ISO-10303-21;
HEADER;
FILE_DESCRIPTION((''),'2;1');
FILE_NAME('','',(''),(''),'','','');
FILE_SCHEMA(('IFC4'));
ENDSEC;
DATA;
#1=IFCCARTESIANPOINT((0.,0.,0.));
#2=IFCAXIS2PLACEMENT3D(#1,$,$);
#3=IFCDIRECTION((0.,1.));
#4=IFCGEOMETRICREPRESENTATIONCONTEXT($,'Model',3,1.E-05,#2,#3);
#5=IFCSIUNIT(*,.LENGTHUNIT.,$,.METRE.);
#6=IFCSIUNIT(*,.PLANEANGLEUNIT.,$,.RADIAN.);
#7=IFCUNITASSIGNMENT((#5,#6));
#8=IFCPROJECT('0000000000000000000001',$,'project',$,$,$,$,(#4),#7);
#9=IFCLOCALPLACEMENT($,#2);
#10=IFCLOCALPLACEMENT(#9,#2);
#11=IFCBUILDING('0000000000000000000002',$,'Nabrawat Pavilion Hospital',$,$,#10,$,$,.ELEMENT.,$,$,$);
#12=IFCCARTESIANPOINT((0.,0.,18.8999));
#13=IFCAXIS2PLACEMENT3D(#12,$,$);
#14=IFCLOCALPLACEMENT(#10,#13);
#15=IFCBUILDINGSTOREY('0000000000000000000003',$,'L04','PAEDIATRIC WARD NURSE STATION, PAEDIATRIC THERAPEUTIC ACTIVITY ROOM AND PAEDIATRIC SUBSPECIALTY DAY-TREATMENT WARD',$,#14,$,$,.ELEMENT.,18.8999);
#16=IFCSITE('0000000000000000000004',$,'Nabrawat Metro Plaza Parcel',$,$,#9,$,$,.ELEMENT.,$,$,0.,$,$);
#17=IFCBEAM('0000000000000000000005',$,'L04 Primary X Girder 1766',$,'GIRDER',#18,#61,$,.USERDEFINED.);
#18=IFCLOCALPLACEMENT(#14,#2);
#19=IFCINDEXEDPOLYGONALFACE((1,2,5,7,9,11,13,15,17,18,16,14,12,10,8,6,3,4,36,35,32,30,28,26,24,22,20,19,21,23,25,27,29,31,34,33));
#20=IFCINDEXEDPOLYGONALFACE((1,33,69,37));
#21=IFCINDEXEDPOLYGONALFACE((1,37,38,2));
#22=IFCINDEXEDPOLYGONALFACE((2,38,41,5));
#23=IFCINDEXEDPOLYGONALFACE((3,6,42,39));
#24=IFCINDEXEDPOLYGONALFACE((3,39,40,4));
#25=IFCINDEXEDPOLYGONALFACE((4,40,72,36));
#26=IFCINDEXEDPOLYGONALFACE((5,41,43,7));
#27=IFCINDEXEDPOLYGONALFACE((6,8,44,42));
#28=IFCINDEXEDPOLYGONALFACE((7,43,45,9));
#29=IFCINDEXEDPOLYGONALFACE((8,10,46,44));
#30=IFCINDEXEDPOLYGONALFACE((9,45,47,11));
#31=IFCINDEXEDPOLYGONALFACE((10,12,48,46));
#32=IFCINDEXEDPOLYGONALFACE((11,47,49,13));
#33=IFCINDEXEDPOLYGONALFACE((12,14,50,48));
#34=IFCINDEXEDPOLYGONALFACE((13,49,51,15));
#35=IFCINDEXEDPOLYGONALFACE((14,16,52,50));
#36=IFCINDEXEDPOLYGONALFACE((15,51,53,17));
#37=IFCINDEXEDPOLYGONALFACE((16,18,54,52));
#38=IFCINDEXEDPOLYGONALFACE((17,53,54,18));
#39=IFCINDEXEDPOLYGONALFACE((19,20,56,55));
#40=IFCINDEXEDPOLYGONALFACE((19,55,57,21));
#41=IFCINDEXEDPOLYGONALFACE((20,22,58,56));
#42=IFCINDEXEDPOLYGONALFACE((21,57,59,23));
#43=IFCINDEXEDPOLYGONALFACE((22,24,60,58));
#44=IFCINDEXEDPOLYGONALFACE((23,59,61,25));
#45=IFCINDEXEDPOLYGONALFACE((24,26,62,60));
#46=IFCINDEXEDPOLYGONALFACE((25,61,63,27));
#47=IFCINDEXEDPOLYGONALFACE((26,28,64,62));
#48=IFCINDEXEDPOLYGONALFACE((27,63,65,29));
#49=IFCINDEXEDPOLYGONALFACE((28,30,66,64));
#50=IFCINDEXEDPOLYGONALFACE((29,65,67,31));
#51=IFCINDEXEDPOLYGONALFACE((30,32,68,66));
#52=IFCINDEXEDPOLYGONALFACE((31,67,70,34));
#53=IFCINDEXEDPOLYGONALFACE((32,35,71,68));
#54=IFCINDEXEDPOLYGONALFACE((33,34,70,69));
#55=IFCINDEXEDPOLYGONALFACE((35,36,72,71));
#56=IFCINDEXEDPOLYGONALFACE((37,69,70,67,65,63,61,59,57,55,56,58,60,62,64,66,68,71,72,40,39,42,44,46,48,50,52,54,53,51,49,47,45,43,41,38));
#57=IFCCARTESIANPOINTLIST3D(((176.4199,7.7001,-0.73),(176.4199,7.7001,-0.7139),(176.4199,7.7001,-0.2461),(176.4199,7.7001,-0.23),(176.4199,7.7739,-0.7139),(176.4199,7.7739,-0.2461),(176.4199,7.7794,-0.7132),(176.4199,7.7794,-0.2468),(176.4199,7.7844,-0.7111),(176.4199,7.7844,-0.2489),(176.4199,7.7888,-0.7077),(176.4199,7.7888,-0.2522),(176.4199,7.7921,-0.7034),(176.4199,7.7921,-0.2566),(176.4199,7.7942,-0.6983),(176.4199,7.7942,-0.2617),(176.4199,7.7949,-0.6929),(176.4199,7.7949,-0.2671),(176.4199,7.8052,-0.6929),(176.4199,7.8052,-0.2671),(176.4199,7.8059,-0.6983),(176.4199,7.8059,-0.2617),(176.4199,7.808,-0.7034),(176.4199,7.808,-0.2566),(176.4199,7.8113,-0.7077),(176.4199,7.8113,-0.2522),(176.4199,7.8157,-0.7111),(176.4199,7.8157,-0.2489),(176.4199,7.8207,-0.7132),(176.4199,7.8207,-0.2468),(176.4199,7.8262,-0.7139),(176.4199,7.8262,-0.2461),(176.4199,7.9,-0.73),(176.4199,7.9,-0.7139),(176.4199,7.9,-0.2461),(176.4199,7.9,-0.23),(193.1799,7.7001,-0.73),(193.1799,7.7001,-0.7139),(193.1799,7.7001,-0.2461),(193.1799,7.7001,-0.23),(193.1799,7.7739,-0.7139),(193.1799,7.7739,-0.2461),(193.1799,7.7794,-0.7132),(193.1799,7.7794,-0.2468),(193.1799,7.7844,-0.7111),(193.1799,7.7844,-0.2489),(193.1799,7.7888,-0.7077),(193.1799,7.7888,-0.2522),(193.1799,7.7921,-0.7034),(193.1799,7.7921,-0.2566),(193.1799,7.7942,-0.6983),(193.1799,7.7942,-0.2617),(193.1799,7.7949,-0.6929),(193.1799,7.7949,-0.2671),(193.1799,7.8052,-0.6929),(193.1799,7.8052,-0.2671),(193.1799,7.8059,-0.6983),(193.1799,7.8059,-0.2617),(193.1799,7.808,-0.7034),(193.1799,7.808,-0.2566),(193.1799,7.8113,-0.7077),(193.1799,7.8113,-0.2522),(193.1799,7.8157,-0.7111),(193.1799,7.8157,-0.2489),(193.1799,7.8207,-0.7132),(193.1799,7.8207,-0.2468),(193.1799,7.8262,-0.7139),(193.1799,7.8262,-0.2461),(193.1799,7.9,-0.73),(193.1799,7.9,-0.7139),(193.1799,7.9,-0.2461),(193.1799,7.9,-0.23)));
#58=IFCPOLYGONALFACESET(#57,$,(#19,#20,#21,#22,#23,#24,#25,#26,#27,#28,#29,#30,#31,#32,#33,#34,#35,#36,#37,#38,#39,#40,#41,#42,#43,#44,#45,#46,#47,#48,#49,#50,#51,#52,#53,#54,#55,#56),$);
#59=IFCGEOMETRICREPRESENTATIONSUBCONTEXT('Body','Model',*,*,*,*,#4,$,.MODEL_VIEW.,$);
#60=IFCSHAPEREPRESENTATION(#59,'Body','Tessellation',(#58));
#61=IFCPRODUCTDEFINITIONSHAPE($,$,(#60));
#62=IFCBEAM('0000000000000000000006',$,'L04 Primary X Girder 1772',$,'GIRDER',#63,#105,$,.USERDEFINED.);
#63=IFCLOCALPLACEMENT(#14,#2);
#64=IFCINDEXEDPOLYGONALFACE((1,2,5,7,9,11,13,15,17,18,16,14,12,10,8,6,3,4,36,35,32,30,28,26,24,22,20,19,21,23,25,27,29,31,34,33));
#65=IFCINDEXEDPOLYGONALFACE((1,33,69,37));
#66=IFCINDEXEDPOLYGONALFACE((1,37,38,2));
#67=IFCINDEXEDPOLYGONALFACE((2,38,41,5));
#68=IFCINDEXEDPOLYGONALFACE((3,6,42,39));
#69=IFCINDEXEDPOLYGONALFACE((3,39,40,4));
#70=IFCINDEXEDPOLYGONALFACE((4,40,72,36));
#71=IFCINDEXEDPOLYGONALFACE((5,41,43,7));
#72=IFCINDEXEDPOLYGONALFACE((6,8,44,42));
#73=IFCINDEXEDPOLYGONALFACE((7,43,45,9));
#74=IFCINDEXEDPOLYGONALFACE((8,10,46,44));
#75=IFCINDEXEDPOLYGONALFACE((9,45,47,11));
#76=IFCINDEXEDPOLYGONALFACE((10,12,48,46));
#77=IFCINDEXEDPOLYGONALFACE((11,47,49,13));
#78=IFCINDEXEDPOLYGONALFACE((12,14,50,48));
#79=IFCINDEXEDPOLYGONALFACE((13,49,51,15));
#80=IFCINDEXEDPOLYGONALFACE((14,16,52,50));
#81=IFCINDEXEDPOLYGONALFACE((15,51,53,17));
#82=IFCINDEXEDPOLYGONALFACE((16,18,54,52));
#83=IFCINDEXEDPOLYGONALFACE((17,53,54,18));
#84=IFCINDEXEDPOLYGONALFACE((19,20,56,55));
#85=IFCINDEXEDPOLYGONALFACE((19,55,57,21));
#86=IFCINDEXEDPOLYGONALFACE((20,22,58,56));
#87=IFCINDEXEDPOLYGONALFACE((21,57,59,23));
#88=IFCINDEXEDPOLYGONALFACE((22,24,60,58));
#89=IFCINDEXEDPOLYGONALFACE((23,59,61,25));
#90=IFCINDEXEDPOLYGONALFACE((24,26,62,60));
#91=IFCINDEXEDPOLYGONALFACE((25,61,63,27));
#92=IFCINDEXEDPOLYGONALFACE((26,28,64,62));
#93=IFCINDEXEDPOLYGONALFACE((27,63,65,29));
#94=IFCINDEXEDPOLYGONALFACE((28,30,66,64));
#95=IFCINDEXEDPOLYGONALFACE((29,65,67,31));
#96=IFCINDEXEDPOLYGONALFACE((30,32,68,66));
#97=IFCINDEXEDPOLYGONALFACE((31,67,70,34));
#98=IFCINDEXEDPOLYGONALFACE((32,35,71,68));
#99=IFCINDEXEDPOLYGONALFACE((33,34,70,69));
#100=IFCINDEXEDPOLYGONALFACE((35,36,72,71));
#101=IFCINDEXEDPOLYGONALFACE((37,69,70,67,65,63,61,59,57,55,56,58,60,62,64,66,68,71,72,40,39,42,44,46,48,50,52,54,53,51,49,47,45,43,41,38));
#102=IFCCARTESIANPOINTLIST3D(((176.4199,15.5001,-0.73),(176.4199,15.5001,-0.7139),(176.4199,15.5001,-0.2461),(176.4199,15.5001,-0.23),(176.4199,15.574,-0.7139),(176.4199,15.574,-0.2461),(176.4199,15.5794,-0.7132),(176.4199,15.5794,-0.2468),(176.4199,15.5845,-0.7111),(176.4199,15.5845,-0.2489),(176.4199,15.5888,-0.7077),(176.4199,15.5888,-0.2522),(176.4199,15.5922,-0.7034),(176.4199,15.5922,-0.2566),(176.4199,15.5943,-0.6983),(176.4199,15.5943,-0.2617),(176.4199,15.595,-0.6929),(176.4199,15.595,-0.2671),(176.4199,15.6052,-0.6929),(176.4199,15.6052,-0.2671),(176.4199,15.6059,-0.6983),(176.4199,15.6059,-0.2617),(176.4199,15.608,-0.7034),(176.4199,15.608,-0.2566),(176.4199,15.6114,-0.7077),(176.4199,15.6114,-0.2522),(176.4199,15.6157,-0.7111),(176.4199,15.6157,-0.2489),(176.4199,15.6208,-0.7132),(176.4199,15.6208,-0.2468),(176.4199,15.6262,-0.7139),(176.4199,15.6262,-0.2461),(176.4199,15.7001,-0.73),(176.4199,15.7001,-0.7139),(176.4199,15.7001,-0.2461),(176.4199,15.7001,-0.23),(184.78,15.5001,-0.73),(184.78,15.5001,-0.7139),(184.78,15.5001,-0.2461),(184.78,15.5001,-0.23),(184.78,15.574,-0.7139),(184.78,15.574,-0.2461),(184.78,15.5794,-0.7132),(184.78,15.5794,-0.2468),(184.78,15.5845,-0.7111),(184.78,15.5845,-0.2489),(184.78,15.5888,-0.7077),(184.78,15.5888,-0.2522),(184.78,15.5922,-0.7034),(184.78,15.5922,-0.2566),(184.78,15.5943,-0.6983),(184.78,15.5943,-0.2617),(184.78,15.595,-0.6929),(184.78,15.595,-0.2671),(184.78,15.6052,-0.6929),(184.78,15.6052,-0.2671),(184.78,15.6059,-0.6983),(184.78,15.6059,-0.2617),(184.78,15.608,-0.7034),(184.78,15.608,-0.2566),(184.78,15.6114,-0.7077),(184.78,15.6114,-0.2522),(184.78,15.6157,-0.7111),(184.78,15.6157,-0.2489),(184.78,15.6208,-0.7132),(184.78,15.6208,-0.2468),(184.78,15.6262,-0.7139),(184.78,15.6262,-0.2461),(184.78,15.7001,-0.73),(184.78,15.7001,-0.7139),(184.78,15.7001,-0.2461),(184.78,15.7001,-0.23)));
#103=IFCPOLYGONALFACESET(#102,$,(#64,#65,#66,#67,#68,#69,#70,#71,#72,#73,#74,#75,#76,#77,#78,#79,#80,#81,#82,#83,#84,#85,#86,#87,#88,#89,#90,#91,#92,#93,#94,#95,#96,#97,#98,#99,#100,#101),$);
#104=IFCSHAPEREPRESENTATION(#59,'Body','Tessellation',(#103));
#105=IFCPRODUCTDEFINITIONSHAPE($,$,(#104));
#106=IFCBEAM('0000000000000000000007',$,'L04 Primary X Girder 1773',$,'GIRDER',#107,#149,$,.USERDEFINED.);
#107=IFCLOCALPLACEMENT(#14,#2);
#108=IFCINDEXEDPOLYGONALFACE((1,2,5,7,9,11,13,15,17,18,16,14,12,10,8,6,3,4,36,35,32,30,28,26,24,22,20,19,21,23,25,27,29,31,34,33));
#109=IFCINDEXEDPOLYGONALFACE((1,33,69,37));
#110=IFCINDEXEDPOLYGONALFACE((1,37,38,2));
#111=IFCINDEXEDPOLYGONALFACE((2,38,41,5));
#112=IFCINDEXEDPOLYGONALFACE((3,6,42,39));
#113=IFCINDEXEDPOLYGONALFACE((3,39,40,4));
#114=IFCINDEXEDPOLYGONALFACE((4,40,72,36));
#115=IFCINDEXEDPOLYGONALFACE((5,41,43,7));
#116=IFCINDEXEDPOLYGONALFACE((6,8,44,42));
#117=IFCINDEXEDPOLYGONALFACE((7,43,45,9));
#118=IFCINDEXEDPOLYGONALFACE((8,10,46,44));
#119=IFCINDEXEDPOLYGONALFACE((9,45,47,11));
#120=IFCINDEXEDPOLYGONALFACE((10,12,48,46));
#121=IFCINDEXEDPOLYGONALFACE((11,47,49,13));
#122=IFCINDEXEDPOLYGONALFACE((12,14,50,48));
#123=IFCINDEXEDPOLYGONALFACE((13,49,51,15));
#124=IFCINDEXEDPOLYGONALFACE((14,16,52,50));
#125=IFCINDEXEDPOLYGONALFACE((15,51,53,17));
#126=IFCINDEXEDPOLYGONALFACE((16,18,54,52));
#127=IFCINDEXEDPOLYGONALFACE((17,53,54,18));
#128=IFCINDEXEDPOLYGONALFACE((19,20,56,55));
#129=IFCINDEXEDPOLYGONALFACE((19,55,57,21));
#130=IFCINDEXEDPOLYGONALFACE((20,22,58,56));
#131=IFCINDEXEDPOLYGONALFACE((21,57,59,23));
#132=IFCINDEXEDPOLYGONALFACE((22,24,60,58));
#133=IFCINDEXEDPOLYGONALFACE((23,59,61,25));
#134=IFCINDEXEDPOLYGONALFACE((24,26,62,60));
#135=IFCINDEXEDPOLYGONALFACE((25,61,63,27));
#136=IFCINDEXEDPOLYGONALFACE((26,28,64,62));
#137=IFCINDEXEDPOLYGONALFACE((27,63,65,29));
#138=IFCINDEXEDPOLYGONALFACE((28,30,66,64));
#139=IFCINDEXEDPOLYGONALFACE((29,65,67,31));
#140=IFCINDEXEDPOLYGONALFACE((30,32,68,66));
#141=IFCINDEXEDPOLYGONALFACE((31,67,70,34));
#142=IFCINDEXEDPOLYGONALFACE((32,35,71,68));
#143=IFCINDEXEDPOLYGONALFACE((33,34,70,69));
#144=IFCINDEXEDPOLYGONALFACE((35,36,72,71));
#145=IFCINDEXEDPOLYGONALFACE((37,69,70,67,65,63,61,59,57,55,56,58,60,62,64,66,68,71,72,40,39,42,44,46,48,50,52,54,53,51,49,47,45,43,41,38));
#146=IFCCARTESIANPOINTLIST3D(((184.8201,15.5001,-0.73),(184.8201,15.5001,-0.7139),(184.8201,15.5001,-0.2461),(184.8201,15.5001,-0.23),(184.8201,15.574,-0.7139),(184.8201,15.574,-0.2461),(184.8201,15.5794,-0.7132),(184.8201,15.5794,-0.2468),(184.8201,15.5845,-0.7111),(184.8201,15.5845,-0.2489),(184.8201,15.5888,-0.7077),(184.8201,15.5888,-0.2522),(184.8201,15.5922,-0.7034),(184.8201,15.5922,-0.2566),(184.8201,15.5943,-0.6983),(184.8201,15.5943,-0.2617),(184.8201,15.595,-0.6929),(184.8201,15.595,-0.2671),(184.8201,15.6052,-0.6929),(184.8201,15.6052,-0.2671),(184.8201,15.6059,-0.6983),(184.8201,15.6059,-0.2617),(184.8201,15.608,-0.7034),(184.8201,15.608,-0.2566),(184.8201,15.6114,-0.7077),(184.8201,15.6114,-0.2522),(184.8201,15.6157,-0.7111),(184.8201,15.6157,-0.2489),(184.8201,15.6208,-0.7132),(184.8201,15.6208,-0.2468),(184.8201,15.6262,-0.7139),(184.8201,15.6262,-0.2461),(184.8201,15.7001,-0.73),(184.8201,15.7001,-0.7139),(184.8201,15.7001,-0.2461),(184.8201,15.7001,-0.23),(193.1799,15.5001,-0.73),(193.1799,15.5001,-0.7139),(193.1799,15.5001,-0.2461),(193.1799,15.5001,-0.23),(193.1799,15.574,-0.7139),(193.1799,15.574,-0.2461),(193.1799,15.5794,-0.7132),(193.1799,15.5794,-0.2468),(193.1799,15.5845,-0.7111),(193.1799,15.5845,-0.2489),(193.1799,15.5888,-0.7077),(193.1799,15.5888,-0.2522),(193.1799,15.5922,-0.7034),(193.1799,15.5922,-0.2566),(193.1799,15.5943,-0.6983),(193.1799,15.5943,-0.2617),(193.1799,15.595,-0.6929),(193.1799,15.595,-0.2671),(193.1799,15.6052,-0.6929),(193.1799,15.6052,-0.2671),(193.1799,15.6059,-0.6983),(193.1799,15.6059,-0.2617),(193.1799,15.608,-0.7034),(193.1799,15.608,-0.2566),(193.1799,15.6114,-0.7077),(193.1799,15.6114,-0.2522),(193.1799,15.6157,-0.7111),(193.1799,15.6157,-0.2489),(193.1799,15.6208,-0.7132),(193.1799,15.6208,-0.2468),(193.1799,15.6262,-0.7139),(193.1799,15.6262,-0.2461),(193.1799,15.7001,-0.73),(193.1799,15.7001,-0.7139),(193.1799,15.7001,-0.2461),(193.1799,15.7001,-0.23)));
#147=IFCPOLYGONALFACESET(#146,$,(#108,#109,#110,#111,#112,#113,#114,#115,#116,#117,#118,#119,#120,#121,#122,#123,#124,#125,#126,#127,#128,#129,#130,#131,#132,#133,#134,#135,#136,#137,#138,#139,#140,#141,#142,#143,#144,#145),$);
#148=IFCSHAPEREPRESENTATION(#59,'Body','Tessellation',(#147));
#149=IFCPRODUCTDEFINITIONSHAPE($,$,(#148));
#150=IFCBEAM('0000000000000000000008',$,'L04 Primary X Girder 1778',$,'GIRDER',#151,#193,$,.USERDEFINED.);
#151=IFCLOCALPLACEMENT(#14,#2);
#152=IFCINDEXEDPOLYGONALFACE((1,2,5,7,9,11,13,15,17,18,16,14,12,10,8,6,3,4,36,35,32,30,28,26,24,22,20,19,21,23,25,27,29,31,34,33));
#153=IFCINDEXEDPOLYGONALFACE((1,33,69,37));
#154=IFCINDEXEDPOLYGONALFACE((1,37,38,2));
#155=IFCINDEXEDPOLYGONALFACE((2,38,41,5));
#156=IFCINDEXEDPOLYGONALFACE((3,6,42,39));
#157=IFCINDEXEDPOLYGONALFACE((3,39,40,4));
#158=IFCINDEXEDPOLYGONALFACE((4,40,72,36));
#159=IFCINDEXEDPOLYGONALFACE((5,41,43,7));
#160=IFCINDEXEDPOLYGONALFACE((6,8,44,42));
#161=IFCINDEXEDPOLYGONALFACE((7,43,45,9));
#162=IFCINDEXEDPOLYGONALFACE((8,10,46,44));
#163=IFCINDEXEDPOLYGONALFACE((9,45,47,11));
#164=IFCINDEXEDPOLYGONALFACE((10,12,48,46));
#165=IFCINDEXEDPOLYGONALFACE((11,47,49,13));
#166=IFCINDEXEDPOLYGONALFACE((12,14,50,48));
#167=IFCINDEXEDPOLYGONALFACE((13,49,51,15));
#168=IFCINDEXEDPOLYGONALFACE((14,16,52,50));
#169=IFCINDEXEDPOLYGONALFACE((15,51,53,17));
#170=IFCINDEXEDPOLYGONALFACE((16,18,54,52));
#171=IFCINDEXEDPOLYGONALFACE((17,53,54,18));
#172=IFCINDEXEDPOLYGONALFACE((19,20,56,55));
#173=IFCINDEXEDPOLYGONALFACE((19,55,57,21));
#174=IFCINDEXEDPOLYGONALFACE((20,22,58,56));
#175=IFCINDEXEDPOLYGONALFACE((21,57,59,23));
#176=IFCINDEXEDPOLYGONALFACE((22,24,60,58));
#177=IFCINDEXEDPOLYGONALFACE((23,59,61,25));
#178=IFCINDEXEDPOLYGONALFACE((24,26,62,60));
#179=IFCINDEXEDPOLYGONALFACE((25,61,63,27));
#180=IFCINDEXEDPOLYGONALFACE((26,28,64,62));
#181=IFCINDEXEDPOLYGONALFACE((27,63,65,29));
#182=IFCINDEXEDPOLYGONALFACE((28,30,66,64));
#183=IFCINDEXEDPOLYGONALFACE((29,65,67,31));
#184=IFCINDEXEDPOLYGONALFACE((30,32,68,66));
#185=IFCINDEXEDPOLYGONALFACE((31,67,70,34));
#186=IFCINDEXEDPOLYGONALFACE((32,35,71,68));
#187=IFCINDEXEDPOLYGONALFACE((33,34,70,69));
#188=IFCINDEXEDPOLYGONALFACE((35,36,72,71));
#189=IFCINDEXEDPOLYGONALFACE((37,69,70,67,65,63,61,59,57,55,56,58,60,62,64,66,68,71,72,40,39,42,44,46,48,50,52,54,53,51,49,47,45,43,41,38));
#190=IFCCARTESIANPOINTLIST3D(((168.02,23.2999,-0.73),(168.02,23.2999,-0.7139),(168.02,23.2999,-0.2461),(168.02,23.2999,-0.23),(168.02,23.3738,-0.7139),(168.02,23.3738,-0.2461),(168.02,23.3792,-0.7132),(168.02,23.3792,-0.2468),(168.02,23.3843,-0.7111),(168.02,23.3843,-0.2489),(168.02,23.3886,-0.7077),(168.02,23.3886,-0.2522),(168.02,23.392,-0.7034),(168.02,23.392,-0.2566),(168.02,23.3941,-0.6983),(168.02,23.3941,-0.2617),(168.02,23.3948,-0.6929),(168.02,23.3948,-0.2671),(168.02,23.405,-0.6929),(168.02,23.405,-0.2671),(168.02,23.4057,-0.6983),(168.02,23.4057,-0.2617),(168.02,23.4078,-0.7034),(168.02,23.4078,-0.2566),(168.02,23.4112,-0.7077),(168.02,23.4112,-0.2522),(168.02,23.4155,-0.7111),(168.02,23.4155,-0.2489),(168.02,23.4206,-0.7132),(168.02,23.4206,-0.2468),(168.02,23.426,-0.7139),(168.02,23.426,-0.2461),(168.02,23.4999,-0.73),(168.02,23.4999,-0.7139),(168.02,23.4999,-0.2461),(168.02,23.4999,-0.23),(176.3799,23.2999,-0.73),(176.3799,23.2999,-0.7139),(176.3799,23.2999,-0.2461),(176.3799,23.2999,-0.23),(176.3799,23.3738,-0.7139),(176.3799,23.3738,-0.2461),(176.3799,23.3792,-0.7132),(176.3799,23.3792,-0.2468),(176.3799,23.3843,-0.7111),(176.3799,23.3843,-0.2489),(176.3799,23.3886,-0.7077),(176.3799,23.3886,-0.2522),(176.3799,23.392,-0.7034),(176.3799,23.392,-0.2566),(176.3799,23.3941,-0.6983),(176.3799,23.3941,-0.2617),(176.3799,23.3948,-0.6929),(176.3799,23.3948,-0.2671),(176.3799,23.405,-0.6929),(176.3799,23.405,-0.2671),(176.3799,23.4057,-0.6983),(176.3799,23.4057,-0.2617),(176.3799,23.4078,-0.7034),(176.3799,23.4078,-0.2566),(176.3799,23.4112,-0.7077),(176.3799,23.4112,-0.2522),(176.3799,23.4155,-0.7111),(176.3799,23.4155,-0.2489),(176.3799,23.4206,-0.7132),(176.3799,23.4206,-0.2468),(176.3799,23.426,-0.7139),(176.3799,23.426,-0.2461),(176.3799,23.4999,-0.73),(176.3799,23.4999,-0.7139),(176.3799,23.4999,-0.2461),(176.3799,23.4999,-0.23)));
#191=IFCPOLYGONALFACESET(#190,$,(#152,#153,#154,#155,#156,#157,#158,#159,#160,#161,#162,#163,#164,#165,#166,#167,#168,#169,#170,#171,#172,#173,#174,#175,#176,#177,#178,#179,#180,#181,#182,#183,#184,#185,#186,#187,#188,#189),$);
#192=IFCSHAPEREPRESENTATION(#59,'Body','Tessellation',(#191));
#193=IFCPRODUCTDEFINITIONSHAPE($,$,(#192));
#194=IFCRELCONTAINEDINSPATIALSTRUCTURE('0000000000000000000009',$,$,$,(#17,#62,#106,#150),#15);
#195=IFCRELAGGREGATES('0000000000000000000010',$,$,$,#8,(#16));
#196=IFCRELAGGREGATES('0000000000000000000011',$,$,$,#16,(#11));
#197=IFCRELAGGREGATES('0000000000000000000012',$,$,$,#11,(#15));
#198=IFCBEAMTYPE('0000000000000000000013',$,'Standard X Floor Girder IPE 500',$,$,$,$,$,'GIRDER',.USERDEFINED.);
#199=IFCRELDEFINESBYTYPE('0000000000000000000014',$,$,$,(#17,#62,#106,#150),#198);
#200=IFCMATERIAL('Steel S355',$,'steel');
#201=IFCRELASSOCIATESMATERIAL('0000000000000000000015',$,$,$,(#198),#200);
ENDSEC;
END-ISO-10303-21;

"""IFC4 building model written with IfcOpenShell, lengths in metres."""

from ifc_helpers import new_model, si_unit, direction, frame, origin, origin_2d, place, context, subcontext, project, spatial, i_section, extrude, material, material_profile, profile_set, type_object, element, save


model = new_model("IFC4")

# Units and contexts
model_context = context("Model", 3, precision=1e-05, world=origin(), true_north=direction((0.0, 1.0)))
body_context = subcontext(model_context, "Body", "Model", "MODEL_VIEW")
ifc_project = project(units=[si_unit("LENGTHUNIT", "METRE"), si_unit("PLANEANGLEUNIT", "RADIAN")], contexts=[model_context])

# Site, building, storey
site_placement = place(None, origin())
site = spatial("IfcSite", under=ifc_project, at=site_placement, Name="Nabrawat Metro Plaza Parcel", CompositionType="ELEMENT", RefElevation=0.0)
building_placement = place(site_placement, origin())
building = spatial("IfcBuilding", under=site, at=building_placement, Name="Nabrawat Pavilion Hospital", CompositionType="ELEMENT")
storey_placement = place(building_placement, frame((0.0, 0.0, 18.8999)))
storey = spatial("IfcBuildingStorey", under=building, at=storey_placement, Name="L04", Description="PAEDIATRIC WARD NURSE STATION, PAEDIATRIC THERAPEUTIC ACTIVITY ROOM AND PAEDIATRIC SUBSPECIALTY DAY-TREATMENT WARD", CompositionType="ELEMENT", Elevation=18.8999)

# Beams
ifc_material_1 = material(Name="Steel S355", Category="steel")
ifc_material_profile_1 = material_profile(ifc_material_1, i_section(OverallWidth=0.2, OverallDepth=0.5, WebThickness=0.0103, FlangeThickness=0.0161, FilletRadius=0.021, at=origin_2d()), Name="IPE 500")
ifc_profile_set_1 = profile_set([ifc_material_profile_1], Name="Steel S355")
beam_type_1 = type_object("IfcBeamType", Name="Standard X Floor Girder IPE 500", ElementType="GIRDER", PredefinedType="USERDEFINED", material=ifc_profile_set_1)
beam_1_placement = place(storey_placement, frame((176.4199, 7.8, -0.48), z_axis=(1.0, 0.0, 0.0), x_axis=(0.0, 1.0, 0.0)))
element("IfcBeam", 1, at=beam_1_placement, inside=storey, type_object=beam_type_1, Name="L04 Primary X Girder 1766", ObjectType="GIRDER", PredefinedType="USERDEFINED", context=body_context, shape_type="SweptSolid", body=[
    extrude(i_section(OverallWidth=0.2, OverallDepth=0.5, WebThickness=0.0103, FlangeThickness=0.0161, FilletRadius=0.021, at=origin_2d()), origin(), (0.0, 0.0, 1.0), 16.76),
])
beam_2_placement = place(storey_placement, frame((176.4199, 15.6001, -0.48), z_axis=(1.0, 0.0, 0.0), x_axis=(0.0, 1.0, 0.0)))
element("IfcBeam", 2, at=beam_2_placement, inside=storey, type_object=beam_type_1, Name="L04 Primary X Girder 1772", ObjectType="GIRDER", PredefinedType="USERDEFINED", context=body_context, shape_type="SweptSolid", body=[
    extrude(i_section(OverallWidth=0.2, OverallDepth=0.5, WebThickness=0.0103, FlangeThickness=0.0161, FilletRadius=0.021, at=origin_2d()), origin(), (0.0, 0.0, 1.0), 8.3601),
])
for number, where, z_axis, x_axis, name in (
    (3, (184.8201, 15.6001, -0.48), (1.0, 0.0, 0.0), (0.0, 1.0, 0.0), "L04 Primary X Girder 1773"),
    (4, (168.02, 23.3999, -0.48), (1.0, 0.0, 0.0), (0.0, 1.0, 0.0), "L04 Primary X Girder 1778"),
):
    element("IfcBeam", number, at=place(storey_placement, frame(where, z_axis=z_axis, x_axis=x_axis)), inside=storey, type_object=beam_type_1, Name=name, ObjectType="GIRDER", PredefinedType="USERDEFINED", context=body_context, shape_type="SweptSolid", body=[
        extrude(i_section(OverallWidth=0.2, OverallDepth=0.5, WebThickness=0.0103, FlangeThickness=0.0161, FilletRadius=0.021, at=origin_2d()), origin(), (0.0, 0.0, 1.0), 8.3599),
    ])

save(model, "model.ifc")
